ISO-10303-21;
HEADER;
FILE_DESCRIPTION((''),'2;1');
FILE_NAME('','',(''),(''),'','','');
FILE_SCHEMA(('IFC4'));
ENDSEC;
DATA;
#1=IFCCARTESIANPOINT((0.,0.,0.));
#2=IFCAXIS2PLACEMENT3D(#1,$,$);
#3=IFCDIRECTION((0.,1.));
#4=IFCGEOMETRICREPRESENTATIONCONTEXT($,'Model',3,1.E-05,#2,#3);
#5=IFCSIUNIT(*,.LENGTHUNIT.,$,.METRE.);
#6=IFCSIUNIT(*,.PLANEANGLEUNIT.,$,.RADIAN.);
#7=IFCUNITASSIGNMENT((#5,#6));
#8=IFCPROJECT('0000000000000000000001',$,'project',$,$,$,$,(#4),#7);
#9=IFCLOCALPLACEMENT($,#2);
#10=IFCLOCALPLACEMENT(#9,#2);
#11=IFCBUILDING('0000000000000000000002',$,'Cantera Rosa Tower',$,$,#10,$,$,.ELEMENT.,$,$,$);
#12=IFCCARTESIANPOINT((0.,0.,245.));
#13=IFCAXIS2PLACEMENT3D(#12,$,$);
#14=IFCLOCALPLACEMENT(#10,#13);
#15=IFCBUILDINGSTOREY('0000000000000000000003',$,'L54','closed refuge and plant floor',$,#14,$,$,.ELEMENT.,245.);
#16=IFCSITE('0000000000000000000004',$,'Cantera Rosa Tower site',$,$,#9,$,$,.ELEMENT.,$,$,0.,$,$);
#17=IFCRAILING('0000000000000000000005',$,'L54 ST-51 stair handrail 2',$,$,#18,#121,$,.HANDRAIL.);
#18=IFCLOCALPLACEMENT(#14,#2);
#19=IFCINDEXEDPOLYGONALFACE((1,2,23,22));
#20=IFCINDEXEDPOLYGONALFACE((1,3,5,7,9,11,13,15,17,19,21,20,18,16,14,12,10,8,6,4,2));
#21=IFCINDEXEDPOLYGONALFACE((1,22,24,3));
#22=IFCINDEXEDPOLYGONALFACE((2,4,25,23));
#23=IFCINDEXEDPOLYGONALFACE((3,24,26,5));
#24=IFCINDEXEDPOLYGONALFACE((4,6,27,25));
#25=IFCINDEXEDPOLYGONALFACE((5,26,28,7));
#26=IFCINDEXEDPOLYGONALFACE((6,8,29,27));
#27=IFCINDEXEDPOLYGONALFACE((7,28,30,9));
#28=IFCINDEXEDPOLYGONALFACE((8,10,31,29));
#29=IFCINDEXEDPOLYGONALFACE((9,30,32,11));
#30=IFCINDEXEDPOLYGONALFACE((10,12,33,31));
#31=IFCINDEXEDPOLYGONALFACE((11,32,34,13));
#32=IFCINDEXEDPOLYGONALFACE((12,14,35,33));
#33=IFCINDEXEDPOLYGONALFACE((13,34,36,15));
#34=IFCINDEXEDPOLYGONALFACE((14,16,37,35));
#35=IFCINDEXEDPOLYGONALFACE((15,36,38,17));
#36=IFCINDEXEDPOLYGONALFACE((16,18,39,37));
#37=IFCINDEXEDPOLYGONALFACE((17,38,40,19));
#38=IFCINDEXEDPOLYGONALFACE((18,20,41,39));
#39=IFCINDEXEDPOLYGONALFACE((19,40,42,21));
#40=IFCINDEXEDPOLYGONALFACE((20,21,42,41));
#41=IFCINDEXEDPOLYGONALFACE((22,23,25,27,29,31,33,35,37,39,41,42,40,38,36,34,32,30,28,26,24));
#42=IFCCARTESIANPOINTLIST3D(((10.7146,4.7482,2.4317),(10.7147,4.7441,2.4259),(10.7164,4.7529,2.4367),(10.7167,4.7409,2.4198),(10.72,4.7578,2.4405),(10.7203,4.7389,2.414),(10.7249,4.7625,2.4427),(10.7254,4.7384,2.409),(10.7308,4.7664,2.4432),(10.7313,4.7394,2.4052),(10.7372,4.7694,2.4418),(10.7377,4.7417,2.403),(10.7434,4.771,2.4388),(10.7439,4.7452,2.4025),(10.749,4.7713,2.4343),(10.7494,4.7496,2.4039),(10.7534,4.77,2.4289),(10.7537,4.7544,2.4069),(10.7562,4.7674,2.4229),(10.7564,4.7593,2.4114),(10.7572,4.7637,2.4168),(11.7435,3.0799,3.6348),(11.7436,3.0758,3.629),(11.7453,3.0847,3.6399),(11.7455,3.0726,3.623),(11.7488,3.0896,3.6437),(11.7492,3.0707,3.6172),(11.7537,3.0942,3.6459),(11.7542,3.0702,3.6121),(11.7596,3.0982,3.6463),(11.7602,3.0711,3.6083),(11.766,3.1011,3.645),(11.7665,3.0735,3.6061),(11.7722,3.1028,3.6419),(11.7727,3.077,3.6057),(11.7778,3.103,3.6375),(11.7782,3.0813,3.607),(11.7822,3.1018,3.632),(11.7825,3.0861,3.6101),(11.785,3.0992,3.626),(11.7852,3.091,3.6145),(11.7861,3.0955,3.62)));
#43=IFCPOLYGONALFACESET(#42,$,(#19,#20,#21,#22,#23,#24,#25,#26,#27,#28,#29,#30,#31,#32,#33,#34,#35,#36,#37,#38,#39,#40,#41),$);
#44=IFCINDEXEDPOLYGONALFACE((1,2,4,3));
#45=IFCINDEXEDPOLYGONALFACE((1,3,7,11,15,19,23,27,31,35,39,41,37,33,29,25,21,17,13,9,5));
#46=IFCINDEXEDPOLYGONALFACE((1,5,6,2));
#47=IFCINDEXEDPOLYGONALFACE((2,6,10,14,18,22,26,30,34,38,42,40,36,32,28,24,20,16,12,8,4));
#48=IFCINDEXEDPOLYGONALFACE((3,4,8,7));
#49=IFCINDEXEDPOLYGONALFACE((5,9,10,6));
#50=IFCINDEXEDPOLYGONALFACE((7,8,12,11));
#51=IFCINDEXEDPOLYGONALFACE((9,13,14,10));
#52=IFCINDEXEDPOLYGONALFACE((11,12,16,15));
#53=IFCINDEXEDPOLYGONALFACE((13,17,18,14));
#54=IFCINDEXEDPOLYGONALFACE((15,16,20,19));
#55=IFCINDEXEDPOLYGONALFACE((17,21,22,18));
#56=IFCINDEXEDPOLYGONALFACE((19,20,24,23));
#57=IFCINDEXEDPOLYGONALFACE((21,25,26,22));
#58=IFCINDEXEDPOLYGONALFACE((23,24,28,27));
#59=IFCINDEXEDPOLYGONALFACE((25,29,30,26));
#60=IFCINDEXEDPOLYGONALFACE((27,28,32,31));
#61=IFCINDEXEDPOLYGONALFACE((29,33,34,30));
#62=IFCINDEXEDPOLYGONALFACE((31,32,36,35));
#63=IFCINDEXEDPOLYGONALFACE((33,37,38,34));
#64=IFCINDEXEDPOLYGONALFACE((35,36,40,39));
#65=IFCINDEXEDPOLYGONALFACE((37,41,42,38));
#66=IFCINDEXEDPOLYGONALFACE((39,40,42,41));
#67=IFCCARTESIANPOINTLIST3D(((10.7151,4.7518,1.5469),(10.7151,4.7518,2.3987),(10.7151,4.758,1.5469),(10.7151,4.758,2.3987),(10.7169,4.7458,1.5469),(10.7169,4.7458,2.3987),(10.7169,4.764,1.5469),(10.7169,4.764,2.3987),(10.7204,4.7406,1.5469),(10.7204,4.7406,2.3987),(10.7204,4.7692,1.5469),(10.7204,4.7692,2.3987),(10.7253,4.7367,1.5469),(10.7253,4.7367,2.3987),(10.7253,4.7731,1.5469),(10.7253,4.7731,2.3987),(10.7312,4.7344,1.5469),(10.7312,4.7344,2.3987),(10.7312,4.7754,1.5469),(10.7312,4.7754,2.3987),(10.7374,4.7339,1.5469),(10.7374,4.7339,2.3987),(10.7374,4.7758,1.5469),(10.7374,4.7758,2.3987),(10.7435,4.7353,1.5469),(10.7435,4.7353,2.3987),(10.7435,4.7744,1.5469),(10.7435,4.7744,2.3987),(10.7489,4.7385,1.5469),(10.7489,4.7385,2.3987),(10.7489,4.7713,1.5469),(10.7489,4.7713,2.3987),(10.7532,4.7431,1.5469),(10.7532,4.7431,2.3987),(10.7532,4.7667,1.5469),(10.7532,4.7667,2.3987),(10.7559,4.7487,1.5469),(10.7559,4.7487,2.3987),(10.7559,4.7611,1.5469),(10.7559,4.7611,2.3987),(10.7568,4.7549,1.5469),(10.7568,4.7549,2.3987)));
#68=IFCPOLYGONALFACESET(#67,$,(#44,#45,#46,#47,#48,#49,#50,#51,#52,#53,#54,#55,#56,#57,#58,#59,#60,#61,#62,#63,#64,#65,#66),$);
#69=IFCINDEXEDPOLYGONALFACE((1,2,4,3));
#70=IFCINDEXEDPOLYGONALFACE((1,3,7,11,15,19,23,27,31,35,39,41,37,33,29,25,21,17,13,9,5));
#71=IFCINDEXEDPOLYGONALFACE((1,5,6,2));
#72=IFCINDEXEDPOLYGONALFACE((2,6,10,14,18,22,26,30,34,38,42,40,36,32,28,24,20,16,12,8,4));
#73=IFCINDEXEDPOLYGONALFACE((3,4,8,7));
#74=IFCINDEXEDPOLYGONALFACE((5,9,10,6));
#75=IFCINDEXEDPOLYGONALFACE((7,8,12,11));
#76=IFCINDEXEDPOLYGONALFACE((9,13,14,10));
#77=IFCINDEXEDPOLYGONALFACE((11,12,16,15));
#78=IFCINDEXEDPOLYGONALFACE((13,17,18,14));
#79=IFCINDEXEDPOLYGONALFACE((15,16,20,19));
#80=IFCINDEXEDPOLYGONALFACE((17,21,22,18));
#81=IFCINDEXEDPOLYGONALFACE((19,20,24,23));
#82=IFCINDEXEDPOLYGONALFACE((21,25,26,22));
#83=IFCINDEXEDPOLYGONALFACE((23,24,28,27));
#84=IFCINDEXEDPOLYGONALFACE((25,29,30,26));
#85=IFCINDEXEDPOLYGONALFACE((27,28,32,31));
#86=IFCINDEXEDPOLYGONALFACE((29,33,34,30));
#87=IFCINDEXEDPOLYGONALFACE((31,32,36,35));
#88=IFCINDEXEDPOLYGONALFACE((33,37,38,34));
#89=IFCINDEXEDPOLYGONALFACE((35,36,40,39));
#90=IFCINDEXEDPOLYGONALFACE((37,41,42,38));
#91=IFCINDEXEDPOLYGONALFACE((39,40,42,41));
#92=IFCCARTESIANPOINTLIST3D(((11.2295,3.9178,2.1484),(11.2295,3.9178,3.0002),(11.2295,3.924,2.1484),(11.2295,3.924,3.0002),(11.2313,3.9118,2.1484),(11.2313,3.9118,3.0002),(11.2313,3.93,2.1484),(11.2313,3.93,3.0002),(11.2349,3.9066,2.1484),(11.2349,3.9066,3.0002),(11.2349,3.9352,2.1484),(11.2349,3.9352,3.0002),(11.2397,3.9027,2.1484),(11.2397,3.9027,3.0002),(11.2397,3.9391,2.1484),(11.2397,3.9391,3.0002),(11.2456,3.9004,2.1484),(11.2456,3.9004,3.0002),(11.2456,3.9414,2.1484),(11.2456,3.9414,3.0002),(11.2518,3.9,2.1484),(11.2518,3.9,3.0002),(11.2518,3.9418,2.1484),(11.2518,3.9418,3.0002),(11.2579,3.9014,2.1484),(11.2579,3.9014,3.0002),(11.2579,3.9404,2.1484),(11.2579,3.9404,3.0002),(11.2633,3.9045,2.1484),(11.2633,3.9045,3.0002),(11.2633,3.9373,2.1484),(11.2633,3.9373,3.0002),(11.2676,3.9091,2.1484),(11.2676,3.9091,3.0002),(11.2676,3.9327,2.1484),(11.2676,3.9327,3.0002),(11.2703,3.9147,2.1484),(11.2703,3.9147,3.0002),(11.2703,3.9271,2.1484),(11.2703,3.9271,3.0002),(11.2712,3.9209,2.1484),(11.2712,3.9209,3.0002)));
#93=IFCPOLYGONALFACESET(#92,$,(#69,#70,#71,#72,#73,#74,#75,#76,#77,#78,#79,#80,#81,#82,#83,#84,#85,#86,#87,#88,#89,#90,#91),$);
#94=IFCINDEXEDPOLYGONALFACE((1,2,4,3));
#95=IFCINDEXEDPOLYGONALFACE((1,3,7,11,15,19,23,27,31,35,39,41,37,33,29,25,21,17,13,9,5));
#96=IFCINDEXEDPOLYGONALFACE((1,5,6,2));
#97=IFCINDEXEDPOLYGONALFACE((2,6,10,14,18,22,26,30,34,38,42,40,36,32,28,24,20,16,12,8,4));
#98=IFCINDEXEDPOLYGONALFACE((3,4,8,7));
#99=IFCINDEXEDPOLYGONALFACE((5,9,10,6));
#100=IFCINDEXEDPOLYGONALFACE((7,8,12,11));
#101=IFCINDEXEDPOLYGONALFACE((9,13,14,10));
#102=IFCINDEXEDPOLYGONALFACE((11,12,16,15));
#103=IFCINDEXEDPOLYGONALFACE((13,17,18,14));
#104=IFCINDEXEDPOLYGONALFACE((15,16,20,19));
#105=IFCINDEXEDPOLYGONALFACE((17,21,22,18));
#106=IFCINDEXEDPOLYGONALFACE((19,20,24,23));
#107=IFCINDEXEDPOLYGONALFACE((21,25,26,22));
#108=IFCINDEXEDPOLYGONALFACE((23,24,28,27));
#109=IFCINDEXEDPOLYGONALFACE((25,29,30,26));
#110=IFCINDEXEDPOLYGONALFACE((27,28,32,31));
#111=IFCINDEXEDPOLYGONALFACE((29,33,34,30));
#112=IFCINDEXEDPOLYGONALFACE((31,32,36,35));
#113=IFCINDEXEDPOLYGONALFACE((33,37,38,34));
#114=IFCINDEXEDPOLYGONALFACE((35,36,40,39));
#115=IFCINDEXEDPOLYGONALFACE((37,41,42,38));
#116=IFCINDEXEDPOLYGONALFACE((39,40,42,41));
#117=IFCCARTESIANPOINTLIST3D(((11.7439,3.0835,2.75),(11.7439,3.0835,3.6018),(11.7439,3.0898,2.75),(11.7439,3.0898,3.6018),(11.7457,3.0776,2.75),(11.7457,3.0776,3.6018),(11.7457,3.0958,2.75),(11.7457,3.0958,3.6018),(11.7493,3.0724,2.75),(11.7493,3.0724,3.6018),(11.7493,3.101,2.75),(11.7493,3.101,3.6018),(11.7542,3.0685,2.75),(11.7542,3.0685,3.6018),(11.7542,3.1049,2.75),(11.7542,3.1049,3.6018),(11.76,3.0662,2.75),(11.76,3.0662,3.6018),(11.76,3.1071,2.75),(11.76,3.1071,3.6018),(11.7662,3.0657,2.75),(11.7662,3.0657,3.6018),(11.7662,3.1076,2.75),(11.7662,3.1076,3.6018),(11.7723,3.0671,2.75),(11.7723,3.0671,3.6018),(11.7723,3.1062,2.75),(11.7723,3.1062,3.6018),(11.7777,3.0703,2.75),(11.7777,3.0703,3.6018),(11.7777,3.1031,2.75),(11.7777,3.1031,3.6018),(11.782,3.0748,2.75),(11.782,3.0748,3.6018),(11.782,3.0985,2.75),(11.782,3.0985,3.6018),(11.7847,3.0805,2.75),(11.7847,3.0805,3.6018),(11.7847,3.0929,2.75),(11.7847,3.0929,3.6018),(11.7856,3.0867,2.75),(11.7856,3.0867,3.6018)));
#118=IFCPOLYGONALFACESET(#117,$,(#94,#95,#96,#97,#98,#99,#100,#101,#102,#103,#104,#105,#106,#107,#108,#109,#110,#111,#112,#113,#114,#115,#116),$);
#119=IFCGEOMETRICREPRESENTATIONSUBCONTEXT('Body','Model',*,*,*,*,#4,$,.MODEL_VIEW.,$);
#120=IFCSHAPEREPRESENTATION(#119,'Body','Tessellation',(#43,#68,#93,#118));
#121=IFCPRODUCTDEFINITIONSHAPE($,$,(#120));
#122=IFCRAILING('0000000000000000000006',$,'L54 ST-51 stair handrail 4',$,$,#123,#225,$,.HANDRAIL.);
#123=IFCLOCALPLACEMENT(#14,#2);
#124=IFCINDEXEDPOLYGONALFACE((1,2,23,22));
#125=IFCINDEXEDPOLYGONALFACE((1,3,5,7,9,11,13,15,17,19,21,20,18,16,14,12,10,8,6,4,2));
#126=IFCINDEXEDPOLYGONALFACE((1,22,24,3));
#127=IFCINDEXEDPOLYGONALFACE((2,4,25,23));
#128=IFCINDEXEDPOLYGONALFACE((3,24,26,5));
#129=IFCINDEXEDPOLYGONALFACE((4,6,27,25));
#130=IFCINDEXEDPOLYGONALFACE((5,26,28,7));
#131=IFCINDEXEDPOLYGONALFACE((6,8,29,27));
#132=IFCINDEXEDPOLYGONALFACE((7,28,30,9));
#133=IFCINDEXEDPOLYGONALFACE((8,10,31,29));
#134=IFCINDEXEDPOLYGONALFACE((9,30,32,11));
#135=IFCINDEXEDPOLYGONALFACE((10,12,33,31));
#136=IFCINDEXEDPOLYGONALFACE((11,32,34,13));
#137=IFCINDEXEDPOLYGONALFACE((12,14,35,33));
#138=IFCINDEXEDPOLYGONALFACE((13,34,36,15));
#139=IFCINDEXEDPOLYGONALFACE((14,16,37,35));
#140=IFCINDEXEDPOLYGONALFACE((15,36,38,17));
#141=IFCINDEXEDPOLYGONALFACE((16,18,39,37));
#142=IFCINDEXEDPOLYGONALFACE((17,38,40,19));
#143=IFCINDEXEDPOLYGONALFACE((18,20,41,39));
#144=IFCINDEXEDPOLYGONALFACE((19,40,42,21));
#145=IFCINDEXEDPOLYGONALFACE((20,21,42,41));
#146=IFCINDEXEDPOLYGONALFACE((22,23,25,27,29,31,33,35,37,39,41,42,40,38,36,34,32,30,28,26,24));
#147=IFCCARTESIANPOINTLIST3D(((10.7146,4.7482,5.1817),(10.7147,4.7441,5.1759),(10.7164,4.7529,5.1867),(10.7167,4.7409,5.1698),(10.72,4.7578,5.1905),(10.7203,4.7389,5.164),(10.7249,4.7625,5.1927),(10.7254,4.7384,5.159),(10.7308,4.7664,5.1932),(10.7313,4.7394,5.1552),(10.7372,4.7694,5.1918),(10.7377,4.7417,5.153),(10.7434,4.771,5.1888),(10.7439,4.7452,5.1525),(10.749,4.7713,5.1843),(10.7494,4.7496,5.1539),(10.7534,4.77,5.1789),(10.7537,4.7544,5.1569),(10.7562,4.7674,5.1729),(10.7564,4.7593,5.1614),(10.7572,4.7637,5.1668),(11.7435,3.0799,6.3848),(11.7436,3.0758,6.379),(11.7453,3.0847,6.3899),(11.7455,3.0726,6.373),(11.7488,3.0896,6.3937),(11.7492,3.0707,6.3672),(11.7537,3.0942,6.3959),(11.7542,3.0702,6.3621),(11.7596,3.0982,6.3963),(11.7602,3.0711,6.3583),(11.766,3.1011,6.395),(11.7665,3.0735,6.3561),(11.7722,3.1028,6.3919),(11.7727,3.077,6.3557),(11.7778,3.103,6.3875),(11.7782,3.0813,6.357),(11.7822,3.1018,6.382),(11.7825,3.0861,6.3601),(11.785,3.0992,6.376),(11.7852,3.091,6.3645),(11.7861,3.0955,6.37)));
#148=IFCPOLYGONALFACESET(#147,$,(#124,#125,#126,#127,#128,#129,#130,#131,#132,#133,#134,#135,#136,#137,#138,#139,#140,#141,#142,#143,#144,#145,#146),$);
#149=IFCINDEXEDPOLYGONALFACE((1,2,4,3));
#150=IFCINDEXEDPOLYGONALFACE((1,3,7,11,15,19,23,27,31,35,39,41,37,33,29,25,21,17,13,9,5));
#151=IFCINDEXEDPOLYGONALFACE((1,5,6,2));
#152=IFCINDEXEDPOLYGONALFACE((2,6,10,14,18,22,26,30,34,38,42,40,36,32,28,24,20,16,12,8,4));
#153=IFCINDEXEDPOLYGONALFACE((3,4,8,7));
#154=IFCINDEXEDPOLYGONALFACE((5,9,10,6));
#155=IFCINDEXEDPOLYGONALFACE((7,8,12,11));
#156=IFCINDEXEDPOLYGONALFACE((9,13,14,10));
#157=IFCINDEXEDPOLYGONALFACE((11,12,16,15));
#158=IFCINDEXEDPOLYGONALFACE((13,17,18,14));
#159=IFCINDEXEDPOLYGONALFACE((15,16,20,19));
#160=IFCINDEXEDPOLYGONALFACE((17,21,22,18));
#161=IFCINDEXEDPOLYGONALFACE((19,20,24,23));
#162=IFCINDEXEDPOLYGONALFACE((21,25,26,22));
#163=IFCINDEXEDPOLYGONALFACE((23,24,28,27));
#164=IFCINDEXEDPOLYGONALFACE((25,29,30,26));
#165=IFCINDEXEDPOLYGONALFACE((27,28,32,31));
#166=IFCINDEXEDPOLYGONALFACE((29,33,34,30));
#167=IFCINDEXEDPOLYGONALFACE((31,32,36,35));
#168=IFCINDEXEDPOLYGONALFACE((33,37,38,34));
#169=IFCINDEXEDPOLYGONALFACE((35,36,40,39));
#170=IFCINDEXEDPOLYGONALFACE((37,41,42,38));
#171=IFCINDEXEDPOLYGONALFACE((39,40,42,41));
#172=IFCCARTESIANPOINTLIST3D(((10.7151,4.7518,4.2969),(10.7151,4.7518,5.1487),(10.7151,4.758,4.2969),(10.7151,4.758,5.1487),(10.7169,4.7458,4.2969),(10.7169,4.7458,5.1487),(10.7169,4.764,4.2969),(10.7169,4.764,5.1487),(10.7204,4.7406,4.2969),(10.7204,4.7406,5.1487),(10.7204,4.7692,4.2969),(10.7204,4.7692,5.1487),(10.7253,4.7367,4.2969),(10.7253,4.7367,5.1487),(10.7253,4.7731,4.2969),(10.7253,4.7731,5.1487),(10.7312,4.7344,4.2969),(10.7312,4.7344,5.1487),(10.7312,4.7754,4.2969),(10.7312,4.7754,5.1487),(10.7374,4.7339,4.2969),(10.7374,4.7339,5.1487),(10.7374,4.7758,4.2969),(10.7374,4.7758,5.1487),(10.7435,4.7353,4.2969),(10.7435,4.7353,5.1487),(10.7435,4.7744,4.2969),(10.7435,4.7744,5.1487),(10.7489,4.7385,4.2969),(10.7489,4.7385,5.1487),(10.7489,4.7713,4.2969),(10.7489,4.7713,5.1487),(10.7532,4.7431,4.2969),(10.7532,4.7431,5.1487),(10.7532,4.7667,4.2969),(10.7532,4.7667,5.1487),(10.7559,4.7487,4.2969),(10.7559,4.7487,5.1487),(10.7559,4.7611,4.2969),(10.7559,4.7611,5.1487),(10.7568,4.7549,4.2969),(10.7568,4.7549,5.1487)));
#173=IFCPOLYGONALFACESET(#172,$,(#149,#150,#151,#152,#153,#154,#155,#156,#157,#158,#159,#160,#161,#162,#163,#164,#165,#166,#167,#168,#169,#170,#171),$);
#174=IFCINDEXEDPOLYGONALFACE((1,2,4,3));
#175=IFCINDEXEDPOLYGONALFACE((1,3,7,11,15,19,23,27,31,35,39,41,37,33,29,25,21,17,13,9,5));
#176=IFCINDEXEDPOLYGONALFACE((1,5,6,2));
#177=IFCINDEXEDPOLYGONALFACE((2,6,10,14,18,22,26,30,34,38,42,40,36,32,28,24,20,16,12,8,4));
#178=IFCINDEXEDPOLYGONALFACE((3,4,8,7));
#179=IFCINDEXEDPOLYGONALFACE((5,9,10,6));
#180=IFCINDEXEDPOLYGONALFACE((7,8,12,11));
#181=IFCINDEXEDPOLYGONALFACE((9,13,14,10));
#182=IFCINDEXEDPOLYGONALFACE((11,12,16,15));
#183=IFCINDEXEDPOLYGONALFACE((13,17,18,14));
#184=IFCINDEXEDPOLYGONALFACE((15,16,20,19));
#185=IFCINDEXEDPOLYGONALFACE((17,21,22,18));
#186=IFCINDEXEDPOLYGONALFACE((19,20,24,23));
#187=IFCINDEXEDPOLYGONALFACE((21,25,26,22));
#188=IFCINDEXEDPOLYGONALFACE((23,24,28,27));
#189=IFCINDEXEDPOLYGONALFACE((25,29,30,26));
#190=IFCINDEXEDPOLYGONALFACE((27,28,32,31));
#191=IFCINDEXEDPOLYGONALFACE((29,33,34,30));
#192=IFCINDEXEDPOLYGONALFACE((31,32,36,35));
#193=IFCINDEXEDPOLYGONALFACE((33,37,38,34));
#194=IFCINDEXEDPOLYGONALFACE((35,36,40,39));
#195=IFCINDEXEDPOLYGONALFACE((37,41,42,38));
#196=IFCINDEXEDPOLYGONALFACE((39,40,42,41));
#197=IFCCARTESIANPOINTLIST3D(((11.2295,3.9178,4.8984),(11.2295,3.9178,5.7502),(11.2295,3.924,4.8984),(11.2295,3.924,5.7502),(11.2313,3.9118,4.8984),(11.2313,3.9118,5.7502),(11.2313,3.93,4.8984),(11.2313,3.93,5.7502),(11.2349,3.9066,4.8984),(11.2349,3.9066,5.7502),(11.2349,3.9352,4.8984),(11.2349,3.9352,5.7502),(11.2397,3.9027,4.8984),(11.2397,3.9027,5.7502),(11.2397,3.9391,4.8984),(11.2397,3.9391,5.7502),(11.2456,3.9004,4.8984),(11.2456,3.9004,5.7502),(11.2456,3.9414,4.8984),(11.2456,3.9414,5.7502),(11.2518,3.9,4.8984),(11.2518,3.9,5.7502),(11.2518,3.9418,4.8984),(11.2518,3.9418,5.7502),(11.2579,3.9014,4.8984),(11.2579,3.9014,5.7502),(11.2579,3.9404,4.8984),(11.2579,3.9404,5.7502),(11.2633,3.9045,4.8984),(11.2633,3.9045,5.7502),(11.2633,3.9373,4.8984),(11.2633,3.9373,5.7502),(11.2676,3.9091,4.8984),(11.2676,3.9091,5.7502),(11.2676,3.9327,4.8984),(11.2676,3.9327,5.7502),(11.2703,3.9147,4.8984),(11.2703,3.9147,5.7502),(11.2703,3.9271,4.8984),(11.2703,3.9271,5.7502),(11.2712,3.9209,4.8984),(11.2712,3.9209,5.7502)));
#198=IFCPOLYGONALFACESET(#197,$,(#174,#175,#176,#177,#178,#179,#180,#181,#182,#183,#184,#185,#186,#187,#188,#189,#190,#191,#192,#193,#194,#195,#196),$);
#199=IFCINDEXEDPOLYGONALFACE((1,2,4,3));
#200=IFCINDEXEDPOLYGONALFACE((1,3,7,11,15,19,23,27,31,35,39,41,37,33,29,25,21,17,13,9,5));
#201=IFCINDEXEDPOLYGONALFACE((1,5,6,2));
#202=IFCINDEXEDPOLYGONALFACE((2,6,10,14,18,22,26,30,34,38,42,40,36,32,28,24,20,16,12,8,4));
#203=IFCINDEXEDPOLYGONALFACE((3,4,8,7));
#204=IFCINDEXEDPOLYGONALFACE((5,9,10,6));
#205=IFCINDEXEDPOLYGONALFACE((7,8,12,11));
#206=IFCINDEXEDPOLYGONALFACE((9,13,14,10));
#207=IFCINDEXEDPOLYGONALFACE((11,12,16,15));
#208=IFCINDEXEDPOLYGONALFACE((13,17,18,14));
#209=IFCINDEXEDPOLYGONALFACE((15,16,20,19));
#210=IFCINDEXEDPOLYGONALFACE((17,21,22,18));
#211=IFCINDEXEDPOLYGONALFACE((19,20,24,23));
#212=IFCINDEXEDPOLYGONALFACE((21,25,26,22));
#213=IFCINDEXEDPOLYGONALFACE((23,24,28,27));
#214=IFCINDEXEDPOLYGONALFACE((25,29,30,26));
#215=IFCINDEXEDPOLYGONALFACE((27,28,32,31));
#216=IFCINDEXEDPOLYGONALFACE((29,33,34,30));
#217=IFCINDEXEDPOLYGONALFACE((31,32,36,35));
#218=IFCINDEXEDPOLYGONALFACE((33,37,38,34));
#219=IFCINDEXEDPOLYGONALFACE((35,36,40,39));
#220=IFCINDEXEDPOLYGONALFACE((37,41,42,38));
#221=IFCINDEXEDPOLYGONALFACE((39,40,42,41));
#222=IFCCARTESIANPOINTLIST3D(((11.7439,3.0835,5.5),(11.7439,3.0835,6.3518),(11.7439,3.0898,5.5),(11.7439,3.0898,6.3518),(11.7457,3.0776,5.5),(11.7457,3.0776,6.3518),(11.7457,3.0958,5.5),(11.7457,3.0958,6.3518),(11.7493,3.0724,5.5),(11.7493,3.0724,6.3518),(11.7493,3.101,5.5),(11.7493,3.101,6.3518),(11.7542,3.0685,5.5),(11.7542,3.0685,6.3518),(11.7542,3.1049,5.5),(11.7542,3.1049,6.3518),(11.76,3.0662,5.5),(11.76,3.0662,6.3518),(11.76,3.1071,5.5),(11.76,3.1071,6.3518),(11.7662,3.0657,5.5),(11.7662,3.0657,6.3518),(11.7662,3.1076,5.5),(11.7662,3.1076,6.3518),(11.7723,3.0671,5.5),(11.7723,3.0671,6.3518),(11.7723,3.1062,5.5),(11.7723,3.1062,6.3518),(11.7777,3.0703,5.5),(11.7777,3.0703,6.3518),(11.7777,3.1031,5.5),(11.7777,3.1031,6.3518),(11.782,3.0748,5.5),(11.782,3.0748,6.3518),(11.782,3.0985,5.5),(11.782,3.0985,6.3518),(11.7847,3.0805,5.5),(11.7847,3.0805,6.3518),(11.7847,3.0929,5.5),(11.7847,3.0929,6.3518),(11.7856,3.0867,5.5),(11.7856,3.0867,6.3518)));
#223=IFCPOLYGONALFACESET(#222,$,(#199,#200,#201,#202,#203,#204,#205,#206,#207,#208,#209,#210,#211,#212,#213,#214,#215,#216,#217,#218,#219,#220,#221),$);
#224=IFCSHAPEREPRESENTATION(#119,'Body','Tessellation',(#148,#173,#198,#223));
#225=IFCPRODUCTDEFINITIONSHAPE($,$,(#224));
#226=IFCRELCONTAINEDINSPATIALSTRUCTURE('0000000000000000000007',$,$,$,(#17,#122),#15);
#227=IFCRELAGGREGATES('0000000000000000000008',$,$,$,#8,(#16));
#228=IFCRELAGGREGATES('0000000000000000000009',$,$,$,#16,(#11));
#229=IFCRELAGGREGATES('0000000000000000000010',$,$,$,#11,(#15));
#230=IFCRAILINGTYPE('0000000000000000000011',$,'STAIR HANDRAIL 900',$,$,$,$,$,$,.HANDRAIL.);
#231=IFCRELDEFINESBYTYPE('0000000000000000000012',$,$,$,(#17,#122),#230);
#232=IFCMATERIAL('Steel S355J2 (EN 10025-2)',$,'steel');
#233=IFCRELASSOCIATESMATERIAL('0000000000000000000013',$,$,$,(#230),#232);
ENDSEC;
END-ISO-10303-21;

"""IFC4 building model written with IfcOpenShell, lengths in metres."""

from ifc_helpers import new_model, si_unit, direction, frame, origin, origin_2d, place, context, subcontext, project, spatial, circle, extrude, material, type_object, element, save


model = new_model("IFC4")

# Units and contexts
model_context = context("Model", 3, precision=1e-05, world=origin(), true_north=direction((0.0, 1.0)))
body_context = subcontext(model_context, "Body", "Model", "MODEL_VIEW")
ifc_project = project(units=[si_unit("LENGTHUNIT", "METRE"), si_unit("PLANEANGLEUNIT", "RADIAN")], contexts=[model_context])

# Site, building, storey
site_placement = place(None, origin())
site = spatial("IfcSite", under=ifc_project, at=site_placement, Name="Cantera Rosa Tower site", CompositionType="ELEMENT", RefElevation=0.0)
building_placement = place(site_placement, origin())
building = spatial("IfcBuilding", under=site, at=building_placement, Name="Cantera Rosa Tower", CompositionType="ELEMENT")
storey_placement = place(building_placement, frame((0.0, 0.0, 245.0)))
storey = spatial("IfcBuildingStorey", under=building, at=storey_placement, Name="L54", Description="closed refuge and plant floor", CompositionType="ELEMENT", Elevation=245.0)

# Railings
ifc_material_1 = material(Name="Steel S355J2 (EN 10025-2)", Category="steel")
railing_type_1 = type_object("IfcRailingType", Name="STAIR HANDRAIL 900", PredefinedType="HANDRAIL", material=ifc_material_1)
for number, where, name in (
    (1, (10.7358, 4.7549, 1.5469), "L54 ST-51 stair handrail 2"),
    (2, (10.7358, 4.7549, 4.2969), "L54 ST-51 stair handrail 4"),
):
    element("IfcRailing", number, at=place(storey_placement, frame(where)), inside=storey, type_object=railing_type_1, Name=name, PredefinedType="HANDRAIL", context=body_context, shape_type="SweptSolid", body=[
        extrude(circle(Radius=0.0239, at=origin_2d()), frame((0.0, 0.0, 0.876), z_axis=(0.447355, -0.725386, 0.523153), x_axis=(0.851153, 0.524917, 0.0)), (0.0, 0.0, 1.0), 2.2998),
        extrude(circle(Radius=0.021, at=origin_2d()), origin(), (0.0, 0.0, 1.0), 0.8518),
        extrude(circle(Radius=0.021, at=origin_2d()), frame((0.5144, -0.834, 0.6016)), (0.0, 0.0, 1.0), 0.8518),
        extrude(circle(Radius=0.021, at=origin_2d()), frame((1.0288, -1.6682, 1.2031)), (0.0, 0.0, 1.0), 0.8518),
    ])

save(model, "model.ifc")
